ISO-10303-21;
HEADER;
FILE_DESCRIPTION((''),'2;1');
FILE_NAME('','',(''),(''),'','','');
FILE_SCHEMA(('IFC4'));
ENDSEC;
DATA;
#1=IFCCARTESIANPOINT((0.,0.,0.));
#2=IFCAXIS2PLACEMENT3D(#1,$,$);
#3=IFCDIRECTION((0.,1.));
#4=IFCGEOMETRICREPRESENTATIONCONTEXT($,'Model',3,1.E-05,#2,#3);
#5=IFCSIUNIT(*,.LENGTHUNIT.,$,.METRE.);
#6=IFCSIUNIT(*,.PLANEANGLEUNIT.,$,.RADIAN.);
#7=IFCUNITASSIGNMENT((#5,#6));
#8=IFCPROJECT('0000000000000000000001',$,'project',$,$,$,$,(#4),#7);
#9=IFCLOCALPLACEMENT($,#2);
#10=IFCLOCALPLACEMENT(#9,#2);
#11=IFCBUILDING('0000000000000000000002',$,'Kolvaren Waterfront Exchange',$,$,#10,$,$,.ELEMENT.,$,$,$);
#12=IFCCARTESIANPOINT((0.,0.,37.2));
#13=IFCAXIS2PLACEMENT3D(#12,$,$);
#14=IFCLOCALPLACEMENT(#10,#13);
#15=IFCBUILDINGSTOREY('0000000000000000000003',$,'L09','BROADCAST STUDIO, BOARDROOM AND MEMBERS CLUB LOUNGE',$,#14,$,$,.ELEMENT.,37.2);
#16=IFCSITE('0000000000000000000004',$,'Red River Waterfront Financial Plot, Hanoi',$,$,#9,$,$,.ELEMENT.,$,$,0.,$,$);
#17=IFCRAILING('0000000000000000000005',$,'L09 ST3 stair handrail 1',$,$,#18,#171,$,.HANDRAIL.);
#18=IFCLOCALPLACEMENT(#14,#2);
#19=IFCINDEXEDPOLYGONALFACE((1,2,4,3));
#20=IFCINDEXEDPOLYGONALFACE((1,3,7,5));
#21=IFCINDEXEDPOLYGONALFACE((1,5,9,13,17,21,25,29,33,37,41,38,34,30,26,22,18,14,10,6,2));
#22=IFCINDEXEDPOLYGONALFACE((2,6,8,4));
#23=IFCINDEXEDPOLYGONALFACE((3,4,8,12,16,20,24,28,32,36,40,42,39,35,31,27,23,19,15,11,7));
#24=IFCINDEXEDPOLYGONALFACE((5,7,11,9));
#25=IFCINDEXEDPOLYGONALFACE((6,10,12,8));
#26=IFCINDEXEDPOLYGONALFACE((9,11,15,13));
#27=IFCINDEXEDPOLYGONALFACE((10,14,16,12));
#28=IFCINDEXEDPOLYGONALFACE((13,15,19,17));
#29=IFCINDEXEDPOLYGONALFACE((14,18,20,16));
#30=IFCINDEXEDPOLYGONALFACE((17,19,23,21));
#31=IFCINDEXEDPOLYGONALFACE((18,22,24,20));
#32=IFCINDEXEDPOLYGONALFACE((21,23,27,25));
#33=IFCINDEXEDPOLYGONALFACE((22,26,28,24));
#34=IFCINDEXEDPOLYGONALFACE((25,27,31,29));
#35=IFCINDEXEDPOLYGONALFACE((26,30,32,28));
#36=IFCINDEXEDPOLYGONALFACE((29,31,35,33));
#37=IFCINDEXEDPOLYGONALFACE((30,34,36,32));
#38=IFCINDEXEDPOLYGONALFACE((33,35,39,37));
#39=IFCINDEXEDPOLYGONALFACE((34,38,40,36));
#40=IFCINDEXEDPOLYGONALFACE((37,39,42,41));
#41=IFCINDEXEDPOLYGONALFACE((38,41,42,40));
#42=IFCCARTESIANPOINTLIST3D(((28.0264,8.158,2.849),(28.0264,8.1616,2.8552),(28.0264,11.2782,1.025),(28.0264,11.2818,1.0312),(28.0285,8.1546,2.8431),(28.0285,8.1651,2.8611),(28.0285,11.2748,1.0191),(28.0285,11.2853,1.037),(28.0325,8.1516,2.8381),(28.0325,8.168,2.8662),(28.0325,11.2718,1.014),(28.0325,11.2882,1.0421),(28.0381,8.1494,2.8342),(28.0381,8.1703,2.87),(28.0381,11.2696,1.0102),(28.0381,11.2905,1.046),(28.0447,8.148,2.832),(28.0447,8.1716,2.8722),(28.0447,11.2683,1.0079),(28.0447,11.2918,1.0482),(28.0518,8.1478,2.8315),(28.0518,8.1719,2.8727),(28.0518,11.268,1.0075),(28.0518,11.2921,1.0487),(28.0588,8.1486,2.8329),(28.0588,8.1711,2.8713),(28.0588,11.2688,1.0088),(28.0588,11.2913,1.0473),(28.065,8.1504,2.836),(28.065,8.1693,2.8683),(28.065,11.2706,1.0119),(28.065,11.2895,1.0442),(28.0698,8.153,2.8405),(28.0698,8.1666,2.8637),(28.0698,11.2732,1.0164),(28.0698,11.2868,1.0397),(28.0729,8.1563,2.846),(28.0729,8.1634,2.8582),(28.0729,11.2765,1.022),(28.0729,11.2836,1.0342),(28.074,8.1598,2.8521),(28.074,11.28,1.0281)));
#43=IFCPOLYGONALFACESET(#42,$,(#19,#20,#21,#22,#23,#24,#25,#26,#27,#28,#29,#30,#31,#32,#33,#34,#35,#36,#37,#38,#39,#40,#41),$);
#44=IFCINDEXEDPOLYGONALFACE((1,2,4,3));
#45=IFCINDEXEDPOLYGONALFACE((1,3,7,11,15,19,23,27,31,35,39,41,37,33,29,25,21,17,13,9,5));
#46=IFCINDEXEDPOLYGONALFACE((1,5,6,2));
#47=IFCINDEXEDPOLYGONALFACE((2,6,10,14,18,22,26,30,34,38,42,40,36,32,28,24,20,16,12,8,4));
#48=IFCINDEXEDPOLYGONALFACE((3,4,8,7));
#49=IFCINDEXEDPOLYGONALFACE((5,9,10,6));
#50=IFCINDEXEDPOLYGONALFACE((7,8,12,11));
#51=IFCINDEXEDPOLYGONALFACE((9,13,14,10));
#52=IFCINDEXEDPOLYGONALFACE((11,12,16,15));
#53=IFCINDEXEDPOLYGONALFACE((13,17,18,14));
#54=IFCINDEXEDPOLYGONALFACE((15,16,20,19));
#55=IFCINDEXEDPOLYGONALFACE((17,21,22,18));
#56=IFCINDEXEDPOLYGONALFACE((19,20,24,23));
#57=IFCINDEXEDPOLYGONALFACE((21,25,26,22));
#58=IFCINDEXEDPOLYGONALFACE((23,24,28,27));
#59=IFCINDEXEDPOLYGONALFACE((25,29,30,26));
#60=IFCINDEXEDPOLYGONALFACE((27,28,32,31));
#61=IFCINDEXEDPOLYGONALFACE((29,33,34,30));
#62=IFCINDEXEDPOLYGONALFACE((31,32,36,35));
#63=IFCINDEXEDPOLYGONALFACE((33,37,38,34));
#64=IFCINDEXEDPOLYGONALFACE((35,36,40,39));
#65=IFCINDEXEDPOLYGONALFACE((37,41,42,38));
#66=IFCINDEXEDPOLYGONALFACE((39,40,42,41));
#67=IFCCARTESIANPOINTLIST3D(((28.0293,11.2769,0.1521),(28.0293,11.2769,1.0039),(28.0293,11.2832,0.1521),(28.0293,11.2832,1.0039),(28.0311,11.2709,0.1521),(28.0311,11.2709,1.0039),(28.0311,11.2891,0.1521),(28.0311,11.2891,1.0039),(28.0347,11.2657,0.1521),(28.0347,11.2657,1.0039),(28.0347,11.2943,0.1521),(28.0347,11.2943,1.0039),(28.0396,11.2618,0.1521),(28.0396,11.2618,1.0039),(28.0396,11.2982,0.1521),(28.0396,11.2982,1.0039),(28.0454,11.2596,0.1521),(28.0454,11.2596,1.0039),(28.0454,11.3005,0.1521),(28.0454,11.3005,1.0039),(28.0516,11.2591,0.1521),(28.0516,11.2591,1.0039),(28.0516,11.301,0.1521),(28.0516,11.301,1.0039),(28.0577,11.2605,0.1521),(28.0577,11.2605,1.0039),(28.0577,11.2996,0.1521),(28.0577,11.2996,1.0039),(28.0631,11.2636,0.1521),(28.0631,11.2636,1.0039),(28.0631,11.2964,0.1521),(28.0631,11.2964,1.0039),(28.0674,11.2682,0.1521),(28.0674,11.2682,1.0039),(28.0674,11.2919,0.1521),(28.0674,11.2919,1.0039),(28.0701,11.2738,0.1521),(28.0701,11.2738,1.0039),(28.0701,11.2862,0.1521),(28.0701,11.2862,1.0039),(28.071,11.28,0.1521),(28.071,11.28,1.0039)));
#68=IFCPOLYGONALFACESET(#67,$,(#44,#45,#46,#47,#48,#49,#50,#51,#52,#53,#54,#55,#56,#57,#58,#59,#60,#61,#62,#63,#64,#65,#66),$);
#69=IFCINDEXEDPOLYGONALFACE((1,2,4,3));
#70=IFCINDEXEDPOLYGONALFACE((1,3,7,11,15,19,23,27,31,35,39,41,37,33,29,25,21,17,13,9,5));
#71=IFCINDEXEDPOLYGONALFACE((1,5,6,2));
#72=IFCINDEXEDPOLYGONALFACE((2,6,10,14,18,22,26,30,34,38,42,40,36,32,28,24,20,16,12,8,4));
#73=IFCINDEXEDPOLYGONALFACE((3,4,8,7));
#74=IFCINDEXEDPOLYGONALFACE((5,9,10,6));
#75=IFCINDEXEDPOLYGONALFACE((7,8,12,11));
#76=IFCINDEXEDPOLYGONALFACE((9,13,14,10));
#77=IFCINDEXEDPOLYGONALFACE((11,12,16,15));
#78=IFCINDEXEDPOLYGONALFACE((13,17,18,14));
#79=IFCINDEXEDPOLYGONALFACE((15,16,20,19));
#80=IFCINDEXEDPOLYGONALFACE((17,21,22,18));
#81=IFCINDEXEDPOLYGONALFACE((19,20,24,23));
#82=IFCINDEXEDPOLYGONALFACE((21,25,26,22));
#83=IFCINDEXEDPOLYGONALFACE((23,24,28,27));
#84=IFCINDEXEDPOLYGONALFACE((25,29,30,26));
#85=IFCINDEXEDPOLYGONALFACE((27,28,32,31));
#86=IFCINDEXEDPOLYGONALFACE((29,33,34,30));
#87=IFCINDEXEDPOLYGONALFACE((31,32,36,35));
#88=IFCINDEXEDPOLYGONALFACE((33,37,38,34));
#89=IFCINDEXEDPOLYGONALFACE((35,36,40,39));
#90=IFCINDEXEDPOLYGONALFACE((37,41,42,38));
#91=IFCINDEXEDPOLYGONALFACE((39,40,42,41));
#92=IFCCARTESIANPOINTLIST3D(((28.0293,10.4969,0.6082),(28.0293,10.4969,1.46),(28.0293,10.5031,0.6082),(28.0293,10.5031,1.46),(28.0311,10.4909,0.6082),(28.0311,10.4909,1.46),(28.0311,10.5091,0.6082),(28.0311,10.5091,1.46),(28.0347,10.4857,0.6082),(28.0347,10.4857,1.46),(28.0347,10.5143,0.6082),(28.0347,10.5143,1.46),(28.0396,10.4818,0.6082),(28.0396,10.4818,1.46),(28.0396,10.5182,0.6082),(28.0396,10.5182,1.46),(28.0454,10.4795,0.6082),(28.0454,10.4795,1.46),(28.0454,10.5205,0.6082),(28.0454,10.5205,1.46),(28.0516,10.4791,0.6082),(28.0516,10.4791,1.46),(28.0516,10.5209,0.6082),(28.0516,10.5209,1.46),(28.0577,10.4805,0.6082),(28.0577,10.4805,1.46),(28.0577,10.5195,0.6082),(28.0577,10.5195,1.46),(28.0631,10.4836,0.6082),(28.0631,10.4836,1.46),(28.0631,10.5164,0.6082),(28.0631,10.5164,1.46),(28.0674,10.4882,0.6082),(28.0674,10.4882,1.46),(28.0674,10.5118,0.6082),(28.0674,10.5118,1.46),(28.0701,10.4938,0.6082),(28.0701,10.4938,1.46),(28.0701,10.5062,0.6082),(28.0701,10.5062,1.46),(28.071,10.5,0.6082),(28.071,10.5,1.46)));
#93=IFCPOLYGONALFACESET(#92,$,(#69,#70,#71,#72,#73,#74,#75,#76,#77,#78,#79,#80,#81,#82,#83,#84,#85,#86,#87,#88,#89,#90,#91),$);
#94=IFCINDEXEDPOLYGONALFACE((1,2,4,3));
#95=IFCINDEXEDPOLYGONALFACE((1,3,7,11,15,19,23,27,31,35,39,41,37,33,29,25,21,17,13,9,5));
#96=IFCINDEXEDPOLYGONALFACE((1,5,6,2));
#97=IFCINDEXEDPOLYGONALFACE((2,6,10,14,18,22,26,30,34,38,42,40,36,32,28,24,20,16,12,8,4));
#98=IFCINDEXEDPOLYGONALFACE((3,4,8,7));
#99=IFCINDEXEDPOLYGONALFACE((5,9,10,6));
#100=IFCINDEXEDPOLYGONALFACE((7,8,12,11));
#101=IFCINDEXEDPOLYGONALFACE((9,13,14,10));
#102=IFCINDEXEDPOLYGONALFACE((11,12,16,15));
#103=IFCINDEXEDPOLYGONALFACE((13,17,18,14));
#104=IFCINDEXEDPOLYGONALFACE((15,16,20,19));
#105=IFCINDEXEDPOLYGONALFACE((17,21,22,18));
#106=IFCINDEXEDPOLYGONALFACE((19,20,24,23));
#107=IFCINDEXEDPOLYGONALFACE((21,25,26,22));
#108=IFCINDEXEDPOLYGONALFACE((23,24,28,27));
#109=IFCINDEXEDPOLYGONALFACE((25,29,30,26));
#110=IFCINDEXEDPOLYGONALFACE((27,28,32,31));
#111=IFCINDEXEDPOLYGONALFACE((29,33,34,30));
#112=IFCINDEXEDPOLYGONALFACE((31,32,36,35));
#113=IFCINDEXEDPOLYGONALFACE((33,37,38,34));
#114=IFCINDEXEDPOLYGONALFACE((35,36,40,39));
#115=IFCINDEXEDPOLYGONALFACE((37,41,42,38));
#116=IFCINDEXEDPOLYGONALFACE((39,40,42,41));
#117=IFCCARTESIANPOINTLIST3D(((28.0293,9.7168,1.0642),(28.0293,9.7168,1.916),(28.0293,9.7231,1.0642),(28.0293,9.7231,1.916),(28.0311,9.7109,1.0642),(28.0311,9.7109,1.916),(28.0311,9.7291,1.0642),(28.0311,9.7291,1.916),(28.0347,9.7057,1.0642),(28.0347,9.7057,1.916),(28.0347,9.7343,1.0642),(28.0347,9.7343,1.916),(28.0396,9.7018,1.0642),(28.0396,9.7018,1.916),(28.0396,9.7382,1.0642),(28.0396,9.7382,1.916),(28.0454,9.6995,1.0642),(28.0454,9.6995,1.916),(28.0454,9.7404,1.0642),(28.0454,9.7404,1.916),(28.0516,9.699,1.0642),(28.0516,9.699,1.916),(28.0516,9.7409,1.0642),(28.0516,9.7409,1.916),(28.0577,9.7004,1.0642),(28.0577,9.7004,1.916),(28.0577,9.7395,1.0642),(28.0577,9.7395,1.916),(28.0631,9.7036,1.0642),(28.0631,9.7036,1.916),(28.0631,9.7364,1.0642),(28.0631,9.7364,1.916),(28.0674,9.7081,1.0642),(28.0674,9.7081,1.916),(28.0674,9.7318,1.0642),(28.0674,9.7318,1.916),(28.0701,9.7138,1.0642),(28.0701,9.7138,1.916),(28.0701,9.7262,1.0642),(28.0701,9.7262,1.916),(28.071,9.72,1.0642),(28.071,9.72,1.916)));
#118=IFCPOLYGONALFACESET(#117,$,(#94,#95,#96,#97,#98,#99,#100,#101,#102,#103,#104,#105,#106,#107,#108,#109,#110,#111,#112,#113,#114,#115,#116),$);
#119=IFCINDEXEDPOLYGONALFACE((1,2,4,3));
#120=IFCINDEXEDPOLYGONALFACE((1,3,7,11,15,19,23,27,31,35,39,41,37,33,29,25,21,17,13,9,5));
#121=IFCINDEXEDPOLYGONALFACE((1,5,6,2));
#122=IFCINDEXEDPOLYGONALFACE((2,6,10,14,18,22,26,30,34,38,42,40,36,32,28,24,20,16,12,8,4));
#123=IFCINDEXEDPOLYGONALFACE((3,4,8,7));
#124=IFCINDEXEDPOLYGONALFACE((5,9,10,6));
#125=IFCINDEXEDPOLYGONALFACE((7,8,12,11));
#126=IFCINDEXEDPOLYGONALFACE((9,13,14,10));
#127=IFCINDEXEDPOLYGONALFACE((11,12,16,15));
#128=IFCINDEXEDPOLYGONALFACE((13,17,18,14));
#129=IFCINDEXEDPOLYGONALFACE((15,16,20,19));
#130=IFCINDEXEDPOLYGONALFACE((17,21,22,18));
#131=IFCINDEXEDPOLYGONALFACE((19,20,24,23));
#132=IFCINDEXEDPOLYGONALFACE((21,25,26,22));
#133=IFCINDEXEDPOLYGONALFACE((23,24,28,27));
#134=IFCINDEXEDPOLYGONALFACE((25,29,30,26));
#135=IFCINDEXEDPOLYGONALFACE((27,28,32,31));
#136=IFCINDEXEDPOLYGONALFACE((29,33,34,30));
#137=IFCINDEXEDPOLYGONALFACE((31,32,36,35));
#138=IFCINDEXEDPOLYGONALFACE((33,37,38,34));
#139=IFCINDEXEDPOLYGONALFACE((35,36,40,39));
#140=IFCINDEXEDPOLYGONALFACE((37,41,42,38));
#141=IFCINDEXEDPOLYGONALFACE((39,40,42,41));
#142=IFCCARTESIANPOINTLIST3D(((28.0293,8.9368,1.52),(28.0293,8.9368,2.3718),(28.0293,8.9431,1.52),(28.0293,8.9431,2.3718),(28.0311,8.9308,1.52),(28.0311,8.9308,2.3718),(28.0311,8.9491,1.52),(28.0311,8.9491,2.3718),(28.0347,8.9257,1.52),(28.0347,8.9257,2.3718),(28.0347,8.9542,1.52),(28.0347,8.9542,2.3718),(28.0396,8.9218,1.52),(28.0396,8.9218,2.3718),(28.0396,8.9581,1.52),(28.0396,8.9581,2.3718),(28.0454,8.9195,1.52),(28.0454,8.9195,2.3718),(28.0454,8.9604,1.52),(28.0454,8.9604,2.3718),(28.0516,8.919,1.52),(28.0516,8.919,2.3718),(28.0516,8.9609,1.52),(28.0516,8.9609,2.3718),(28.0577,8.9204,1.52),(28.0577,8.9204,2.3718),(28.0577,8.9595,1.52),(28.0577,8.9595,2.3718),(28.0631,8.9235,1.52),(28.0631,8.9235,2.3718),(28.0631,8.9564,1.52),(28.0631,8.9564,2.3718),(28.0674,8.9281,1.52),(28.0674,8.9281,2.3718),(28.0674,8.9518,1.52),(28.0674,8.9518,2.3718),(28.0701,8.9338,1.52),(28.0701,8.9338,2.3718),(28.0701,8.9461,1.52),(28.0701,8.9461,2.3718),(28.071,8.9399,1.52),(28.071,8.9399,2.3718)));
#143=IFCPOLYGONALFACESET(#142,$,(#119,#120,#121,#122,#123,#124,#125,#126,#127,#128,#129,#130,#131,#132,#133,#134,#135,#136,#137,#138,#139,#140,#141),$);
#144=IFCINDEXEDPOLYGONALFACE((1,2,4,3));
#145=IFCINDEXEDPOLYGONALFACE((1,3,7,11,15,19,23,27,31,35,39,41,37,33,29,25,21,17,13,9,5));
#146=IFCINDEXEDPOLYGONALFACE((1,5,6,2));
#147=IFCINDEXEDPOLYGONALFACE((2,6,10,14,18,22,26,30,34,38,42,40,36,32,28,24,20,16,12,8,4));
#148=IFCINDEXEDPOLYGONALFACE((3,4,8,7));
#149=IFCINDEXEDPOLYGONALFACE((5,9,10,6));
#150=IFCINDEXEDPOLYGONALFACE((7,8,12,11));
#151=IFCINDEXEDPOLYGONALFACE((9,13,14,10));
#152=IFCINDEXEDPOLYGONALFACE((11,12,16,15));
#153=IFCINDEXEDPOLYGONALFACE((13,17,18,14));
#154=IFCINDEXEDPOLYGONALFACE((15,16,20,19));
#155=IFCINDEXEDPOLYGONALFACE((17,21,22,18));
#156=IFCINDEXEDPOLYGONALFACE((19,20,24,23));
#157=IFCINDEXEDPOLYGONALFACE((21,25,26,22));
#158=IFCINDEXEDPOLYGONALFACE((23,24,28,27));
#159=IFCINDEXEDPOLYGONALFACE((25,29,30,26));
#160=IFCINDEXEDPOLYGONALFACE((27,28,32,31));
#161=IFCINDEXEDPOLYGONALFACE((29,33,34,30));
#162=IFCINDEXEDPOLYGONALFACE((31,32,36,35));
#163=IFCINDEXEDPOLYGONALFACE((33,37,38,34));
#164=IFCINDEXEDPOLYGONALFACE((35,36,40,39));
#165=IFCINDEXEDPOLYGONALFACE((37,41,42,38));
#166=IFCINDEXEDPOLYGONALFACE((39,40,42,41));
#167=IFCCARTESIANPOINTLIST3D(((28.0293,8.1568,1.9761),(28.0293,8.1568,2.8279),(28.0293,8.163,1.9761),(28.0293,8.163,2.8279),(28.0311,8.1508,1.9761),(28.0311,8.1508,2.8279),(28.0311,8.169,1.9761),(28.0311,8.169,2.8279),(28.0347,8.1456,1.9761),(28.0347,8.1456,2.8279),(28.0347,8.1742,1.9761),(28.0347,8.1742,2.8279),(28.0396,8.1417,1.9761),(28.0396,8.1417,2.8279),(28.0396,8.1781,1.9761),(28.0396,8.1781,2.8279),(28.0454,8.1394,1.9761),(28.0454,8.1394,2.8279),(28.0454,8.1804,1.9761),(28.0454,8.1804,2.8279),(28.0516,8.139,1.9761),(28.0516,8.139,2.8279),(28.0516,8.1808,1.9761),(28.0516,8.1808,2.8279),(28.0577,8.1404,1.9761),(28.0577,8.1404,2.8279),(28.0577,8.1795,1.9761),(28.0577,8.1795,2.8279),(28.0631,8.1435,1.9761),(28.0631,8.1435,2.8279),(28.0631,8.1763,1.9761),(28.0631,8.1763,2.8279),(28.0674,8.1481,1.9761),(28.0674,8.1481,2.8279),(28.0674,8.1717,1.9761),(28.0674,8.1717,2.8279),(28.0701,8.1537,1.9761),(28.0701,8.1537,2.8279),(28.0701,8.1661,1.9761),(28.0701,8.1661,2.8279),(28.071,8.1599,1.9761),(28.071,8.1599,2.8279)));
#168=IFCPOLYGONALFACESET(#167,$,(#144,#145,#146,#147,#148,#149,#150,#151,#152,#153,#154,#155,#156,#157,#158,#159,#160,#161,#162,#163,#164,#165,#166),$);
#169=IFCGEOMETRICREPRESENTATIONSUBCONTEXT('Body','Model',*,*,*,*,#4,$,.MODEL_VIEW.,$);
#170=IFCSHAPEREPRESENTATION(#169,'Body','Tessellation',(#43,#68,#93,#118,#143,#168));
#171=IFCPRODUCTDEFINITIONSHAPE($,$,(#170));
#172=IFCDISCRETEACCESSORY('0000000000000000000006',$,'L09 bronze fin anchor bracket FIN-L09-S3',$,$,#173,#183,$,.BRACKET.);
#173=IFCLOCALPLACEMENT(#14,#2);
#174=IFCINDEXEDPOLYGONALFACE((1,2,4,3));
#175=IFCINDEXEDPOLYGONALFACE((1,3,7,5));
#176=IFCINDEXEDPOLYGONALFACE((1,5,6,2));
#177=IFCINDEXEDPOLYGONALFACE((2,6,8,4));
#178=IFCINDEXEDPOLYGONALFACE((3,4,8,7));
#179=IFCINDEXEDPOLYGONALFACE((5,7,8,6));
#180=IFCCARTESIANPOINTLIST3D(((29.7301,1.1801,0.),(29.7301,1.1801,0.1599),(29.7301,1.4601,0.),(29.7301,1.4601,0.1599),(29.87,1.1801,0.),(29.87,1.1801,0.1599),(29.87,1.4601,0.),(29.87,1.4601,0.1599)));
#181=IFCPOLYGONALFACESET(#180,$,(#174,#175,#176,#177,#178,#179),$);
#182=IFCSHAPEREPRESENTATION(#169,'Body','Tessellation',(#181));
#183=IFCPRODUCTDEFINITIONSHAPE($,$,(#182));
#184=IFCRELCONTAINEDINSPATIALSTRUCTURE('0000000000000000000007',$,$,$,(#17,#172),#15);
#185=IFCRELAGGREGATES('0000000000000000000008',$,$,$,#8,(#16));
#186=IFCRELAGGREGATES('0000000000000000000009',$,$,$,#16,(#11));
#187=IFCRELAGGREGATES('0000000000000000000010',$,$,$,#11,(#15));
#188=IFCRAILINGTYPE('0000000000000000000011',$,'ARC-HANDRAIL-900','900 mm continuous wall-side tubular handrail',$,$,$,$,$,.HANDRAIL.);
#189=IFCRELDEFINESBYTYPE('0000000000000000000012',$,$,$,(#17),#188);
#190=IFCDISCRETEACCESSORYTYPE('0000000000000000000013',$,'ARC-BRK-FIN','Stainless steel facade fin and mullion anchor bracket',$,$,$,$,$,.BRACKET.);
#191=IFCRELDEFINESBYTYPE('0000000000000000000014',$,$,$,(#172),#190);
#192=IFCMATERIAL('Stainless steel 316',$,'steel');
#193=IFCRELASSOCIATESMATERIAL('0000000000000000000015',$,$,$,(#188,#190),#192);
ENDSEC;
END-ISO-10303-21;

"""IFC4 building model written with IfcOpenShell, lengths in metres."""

from ifc_helpers import new_model, si_unit, direction, frame, origin, origin_with_axes, origin_2d, place, context, subcontext, project, spatial, rectangle, circle, extrude, source, transform, mapped, material, type_object, element, save


model = new_model("IFC4")

# Units and contexts
model_context = context("Model", 3, precision=1e-05, world=origin(), true_north=direction((0.0, 1.0)))
body_context = subcontext(model_context, "Body", "Model", "MODEL_VIEW")
ifc_project = project(units=[si_unit("LENGTHUNIT", "METRE"), si_unit("PLANEANGLEUNIT", "RADIAN")], contexts=[model_context])

# Site, building, storey
site_placement = place(None, origin())
site = spatial("IfcSite", under=ifc_project, at=site_placement, Name="Red River Waterfront Financial Plot, Hanoi", CompositionType="ELEMENT", RefElevation=0.0)
building_placement = place(site_placement, origin())
building = spatial("IfcBuilding", under=site, at=building_placement, Name="Kolvaren Waterfront Exchange", CompositionType="ELEMENT")
storey_placement = place(building_placement, frame((0.0, 0.0, 37.2)))
storey = spatial("IfcBuildingStorey", under=building, at=storey_placement, Name="L09", Description="BROADCAST STUDIO, BOARDROOM AND MEMBERS CLUB LOUNGE", CompositionType="ELEMENT", Elevation=37.2)

# Railing
ifc_material_1 = material(Name="Stainless steel 316", Category="steel")
railing_type = type_object("IfcRailingType", Name="ARC-HANDRAIL-900", Description="900 mm continuous wall-side tubular handrail", PredefinedType="HANDRAIL", material=ifc_material_1)
railing_1_placement = place(storey_placement, frame((28.05, 11.28, 0.1521)))
element("IfcRailing", 1, at=railing_1_placement, inside=storey, type_object=railing_type, Name="L09 ST3 stair handrail 1", PredefinedType="HANDRAIL", context=body_context, shape_type="SweptSolid", body=[
    extrude(circle(Radius=0.0239, at=origin_2d()), frame((0.0, 0.0, 0.876), z_axis=(0.0, -0.863308, 0.504677), x_axis=(1.0, 0.0, 0.0)), (0.0, 0.0, 1.0), 3.6143),
    extrude(circle(Radius=0.021, at=origin_2d()), origin(), (0.0, 0.0, 1.0), 0.8518),
    extrude(circle(Radius=0.021, at=origin_2d()), frame((0.0, -0.78, 0.4561)), (0.0, 0.0, 1.0), 0.8518),
    extrude(circle(Radius=0.021, at=origin_2d()), frame((0.0, -1.5601, 0.9121)), (0.0, 0.0, 1.0), 0.8518),
    extrude(circle(Radius=0.021, at=origin_2d()), frame((0.0, -2.3401, 1.3679)), (0.0, 0.0, 1.0), 0.8518),
    extrude(circle(Radius=0.021, at=origin_2d()), frame((0.0, -3.1201, 1.824)), (0.0, 0.0, 1.0), 0.8518),
])

# Discrete accessory
discrete_accessory_type = type_object("IfcDiscreteAccessoryType", Name="ARC-BRK-FIN", Description="Stainless steel facade fin and mullion anchor bracket", PredefinedType="BRACKET", material=ifc_material_1)
shared_shape_1 = source(origin_with_axes(), body_context, "Body", "SweptSolid", [
    extrude(rectangle(XDim=0.28, YDim=0.1399, at=origin_2d()), origin(), (0.0, 0.0, 1.0), 0.1599),
])
discrete_accessory_placement = place(storey_placement, frame((29.8, 1.3201, 0.0), z_axis=(0.0, 0.0, 1.0), x_axis=(0.0, -1.0, 0.0)))
element("IfcDiscreteAccessory", 2, at=discrete_accessory_placement, inside=storey, type_object=discrete_accessory_type, Name="L09 bronze fin anchor bracket FIN-L09-S3", PredefinedType="BRACKET", context=body_context, shape_type="MappedRepresentation", body=[
    mapped(shared_shape_1, transform((0.0, 0.0, 0.0), x_axis=(1.0, 0.0, 0.0), y_axis=(0.0, 1.0, 0.0), z_axis=(0.0, 0.0, 1.0), scale=1.0)),
])

save(model, "model.ifc")
